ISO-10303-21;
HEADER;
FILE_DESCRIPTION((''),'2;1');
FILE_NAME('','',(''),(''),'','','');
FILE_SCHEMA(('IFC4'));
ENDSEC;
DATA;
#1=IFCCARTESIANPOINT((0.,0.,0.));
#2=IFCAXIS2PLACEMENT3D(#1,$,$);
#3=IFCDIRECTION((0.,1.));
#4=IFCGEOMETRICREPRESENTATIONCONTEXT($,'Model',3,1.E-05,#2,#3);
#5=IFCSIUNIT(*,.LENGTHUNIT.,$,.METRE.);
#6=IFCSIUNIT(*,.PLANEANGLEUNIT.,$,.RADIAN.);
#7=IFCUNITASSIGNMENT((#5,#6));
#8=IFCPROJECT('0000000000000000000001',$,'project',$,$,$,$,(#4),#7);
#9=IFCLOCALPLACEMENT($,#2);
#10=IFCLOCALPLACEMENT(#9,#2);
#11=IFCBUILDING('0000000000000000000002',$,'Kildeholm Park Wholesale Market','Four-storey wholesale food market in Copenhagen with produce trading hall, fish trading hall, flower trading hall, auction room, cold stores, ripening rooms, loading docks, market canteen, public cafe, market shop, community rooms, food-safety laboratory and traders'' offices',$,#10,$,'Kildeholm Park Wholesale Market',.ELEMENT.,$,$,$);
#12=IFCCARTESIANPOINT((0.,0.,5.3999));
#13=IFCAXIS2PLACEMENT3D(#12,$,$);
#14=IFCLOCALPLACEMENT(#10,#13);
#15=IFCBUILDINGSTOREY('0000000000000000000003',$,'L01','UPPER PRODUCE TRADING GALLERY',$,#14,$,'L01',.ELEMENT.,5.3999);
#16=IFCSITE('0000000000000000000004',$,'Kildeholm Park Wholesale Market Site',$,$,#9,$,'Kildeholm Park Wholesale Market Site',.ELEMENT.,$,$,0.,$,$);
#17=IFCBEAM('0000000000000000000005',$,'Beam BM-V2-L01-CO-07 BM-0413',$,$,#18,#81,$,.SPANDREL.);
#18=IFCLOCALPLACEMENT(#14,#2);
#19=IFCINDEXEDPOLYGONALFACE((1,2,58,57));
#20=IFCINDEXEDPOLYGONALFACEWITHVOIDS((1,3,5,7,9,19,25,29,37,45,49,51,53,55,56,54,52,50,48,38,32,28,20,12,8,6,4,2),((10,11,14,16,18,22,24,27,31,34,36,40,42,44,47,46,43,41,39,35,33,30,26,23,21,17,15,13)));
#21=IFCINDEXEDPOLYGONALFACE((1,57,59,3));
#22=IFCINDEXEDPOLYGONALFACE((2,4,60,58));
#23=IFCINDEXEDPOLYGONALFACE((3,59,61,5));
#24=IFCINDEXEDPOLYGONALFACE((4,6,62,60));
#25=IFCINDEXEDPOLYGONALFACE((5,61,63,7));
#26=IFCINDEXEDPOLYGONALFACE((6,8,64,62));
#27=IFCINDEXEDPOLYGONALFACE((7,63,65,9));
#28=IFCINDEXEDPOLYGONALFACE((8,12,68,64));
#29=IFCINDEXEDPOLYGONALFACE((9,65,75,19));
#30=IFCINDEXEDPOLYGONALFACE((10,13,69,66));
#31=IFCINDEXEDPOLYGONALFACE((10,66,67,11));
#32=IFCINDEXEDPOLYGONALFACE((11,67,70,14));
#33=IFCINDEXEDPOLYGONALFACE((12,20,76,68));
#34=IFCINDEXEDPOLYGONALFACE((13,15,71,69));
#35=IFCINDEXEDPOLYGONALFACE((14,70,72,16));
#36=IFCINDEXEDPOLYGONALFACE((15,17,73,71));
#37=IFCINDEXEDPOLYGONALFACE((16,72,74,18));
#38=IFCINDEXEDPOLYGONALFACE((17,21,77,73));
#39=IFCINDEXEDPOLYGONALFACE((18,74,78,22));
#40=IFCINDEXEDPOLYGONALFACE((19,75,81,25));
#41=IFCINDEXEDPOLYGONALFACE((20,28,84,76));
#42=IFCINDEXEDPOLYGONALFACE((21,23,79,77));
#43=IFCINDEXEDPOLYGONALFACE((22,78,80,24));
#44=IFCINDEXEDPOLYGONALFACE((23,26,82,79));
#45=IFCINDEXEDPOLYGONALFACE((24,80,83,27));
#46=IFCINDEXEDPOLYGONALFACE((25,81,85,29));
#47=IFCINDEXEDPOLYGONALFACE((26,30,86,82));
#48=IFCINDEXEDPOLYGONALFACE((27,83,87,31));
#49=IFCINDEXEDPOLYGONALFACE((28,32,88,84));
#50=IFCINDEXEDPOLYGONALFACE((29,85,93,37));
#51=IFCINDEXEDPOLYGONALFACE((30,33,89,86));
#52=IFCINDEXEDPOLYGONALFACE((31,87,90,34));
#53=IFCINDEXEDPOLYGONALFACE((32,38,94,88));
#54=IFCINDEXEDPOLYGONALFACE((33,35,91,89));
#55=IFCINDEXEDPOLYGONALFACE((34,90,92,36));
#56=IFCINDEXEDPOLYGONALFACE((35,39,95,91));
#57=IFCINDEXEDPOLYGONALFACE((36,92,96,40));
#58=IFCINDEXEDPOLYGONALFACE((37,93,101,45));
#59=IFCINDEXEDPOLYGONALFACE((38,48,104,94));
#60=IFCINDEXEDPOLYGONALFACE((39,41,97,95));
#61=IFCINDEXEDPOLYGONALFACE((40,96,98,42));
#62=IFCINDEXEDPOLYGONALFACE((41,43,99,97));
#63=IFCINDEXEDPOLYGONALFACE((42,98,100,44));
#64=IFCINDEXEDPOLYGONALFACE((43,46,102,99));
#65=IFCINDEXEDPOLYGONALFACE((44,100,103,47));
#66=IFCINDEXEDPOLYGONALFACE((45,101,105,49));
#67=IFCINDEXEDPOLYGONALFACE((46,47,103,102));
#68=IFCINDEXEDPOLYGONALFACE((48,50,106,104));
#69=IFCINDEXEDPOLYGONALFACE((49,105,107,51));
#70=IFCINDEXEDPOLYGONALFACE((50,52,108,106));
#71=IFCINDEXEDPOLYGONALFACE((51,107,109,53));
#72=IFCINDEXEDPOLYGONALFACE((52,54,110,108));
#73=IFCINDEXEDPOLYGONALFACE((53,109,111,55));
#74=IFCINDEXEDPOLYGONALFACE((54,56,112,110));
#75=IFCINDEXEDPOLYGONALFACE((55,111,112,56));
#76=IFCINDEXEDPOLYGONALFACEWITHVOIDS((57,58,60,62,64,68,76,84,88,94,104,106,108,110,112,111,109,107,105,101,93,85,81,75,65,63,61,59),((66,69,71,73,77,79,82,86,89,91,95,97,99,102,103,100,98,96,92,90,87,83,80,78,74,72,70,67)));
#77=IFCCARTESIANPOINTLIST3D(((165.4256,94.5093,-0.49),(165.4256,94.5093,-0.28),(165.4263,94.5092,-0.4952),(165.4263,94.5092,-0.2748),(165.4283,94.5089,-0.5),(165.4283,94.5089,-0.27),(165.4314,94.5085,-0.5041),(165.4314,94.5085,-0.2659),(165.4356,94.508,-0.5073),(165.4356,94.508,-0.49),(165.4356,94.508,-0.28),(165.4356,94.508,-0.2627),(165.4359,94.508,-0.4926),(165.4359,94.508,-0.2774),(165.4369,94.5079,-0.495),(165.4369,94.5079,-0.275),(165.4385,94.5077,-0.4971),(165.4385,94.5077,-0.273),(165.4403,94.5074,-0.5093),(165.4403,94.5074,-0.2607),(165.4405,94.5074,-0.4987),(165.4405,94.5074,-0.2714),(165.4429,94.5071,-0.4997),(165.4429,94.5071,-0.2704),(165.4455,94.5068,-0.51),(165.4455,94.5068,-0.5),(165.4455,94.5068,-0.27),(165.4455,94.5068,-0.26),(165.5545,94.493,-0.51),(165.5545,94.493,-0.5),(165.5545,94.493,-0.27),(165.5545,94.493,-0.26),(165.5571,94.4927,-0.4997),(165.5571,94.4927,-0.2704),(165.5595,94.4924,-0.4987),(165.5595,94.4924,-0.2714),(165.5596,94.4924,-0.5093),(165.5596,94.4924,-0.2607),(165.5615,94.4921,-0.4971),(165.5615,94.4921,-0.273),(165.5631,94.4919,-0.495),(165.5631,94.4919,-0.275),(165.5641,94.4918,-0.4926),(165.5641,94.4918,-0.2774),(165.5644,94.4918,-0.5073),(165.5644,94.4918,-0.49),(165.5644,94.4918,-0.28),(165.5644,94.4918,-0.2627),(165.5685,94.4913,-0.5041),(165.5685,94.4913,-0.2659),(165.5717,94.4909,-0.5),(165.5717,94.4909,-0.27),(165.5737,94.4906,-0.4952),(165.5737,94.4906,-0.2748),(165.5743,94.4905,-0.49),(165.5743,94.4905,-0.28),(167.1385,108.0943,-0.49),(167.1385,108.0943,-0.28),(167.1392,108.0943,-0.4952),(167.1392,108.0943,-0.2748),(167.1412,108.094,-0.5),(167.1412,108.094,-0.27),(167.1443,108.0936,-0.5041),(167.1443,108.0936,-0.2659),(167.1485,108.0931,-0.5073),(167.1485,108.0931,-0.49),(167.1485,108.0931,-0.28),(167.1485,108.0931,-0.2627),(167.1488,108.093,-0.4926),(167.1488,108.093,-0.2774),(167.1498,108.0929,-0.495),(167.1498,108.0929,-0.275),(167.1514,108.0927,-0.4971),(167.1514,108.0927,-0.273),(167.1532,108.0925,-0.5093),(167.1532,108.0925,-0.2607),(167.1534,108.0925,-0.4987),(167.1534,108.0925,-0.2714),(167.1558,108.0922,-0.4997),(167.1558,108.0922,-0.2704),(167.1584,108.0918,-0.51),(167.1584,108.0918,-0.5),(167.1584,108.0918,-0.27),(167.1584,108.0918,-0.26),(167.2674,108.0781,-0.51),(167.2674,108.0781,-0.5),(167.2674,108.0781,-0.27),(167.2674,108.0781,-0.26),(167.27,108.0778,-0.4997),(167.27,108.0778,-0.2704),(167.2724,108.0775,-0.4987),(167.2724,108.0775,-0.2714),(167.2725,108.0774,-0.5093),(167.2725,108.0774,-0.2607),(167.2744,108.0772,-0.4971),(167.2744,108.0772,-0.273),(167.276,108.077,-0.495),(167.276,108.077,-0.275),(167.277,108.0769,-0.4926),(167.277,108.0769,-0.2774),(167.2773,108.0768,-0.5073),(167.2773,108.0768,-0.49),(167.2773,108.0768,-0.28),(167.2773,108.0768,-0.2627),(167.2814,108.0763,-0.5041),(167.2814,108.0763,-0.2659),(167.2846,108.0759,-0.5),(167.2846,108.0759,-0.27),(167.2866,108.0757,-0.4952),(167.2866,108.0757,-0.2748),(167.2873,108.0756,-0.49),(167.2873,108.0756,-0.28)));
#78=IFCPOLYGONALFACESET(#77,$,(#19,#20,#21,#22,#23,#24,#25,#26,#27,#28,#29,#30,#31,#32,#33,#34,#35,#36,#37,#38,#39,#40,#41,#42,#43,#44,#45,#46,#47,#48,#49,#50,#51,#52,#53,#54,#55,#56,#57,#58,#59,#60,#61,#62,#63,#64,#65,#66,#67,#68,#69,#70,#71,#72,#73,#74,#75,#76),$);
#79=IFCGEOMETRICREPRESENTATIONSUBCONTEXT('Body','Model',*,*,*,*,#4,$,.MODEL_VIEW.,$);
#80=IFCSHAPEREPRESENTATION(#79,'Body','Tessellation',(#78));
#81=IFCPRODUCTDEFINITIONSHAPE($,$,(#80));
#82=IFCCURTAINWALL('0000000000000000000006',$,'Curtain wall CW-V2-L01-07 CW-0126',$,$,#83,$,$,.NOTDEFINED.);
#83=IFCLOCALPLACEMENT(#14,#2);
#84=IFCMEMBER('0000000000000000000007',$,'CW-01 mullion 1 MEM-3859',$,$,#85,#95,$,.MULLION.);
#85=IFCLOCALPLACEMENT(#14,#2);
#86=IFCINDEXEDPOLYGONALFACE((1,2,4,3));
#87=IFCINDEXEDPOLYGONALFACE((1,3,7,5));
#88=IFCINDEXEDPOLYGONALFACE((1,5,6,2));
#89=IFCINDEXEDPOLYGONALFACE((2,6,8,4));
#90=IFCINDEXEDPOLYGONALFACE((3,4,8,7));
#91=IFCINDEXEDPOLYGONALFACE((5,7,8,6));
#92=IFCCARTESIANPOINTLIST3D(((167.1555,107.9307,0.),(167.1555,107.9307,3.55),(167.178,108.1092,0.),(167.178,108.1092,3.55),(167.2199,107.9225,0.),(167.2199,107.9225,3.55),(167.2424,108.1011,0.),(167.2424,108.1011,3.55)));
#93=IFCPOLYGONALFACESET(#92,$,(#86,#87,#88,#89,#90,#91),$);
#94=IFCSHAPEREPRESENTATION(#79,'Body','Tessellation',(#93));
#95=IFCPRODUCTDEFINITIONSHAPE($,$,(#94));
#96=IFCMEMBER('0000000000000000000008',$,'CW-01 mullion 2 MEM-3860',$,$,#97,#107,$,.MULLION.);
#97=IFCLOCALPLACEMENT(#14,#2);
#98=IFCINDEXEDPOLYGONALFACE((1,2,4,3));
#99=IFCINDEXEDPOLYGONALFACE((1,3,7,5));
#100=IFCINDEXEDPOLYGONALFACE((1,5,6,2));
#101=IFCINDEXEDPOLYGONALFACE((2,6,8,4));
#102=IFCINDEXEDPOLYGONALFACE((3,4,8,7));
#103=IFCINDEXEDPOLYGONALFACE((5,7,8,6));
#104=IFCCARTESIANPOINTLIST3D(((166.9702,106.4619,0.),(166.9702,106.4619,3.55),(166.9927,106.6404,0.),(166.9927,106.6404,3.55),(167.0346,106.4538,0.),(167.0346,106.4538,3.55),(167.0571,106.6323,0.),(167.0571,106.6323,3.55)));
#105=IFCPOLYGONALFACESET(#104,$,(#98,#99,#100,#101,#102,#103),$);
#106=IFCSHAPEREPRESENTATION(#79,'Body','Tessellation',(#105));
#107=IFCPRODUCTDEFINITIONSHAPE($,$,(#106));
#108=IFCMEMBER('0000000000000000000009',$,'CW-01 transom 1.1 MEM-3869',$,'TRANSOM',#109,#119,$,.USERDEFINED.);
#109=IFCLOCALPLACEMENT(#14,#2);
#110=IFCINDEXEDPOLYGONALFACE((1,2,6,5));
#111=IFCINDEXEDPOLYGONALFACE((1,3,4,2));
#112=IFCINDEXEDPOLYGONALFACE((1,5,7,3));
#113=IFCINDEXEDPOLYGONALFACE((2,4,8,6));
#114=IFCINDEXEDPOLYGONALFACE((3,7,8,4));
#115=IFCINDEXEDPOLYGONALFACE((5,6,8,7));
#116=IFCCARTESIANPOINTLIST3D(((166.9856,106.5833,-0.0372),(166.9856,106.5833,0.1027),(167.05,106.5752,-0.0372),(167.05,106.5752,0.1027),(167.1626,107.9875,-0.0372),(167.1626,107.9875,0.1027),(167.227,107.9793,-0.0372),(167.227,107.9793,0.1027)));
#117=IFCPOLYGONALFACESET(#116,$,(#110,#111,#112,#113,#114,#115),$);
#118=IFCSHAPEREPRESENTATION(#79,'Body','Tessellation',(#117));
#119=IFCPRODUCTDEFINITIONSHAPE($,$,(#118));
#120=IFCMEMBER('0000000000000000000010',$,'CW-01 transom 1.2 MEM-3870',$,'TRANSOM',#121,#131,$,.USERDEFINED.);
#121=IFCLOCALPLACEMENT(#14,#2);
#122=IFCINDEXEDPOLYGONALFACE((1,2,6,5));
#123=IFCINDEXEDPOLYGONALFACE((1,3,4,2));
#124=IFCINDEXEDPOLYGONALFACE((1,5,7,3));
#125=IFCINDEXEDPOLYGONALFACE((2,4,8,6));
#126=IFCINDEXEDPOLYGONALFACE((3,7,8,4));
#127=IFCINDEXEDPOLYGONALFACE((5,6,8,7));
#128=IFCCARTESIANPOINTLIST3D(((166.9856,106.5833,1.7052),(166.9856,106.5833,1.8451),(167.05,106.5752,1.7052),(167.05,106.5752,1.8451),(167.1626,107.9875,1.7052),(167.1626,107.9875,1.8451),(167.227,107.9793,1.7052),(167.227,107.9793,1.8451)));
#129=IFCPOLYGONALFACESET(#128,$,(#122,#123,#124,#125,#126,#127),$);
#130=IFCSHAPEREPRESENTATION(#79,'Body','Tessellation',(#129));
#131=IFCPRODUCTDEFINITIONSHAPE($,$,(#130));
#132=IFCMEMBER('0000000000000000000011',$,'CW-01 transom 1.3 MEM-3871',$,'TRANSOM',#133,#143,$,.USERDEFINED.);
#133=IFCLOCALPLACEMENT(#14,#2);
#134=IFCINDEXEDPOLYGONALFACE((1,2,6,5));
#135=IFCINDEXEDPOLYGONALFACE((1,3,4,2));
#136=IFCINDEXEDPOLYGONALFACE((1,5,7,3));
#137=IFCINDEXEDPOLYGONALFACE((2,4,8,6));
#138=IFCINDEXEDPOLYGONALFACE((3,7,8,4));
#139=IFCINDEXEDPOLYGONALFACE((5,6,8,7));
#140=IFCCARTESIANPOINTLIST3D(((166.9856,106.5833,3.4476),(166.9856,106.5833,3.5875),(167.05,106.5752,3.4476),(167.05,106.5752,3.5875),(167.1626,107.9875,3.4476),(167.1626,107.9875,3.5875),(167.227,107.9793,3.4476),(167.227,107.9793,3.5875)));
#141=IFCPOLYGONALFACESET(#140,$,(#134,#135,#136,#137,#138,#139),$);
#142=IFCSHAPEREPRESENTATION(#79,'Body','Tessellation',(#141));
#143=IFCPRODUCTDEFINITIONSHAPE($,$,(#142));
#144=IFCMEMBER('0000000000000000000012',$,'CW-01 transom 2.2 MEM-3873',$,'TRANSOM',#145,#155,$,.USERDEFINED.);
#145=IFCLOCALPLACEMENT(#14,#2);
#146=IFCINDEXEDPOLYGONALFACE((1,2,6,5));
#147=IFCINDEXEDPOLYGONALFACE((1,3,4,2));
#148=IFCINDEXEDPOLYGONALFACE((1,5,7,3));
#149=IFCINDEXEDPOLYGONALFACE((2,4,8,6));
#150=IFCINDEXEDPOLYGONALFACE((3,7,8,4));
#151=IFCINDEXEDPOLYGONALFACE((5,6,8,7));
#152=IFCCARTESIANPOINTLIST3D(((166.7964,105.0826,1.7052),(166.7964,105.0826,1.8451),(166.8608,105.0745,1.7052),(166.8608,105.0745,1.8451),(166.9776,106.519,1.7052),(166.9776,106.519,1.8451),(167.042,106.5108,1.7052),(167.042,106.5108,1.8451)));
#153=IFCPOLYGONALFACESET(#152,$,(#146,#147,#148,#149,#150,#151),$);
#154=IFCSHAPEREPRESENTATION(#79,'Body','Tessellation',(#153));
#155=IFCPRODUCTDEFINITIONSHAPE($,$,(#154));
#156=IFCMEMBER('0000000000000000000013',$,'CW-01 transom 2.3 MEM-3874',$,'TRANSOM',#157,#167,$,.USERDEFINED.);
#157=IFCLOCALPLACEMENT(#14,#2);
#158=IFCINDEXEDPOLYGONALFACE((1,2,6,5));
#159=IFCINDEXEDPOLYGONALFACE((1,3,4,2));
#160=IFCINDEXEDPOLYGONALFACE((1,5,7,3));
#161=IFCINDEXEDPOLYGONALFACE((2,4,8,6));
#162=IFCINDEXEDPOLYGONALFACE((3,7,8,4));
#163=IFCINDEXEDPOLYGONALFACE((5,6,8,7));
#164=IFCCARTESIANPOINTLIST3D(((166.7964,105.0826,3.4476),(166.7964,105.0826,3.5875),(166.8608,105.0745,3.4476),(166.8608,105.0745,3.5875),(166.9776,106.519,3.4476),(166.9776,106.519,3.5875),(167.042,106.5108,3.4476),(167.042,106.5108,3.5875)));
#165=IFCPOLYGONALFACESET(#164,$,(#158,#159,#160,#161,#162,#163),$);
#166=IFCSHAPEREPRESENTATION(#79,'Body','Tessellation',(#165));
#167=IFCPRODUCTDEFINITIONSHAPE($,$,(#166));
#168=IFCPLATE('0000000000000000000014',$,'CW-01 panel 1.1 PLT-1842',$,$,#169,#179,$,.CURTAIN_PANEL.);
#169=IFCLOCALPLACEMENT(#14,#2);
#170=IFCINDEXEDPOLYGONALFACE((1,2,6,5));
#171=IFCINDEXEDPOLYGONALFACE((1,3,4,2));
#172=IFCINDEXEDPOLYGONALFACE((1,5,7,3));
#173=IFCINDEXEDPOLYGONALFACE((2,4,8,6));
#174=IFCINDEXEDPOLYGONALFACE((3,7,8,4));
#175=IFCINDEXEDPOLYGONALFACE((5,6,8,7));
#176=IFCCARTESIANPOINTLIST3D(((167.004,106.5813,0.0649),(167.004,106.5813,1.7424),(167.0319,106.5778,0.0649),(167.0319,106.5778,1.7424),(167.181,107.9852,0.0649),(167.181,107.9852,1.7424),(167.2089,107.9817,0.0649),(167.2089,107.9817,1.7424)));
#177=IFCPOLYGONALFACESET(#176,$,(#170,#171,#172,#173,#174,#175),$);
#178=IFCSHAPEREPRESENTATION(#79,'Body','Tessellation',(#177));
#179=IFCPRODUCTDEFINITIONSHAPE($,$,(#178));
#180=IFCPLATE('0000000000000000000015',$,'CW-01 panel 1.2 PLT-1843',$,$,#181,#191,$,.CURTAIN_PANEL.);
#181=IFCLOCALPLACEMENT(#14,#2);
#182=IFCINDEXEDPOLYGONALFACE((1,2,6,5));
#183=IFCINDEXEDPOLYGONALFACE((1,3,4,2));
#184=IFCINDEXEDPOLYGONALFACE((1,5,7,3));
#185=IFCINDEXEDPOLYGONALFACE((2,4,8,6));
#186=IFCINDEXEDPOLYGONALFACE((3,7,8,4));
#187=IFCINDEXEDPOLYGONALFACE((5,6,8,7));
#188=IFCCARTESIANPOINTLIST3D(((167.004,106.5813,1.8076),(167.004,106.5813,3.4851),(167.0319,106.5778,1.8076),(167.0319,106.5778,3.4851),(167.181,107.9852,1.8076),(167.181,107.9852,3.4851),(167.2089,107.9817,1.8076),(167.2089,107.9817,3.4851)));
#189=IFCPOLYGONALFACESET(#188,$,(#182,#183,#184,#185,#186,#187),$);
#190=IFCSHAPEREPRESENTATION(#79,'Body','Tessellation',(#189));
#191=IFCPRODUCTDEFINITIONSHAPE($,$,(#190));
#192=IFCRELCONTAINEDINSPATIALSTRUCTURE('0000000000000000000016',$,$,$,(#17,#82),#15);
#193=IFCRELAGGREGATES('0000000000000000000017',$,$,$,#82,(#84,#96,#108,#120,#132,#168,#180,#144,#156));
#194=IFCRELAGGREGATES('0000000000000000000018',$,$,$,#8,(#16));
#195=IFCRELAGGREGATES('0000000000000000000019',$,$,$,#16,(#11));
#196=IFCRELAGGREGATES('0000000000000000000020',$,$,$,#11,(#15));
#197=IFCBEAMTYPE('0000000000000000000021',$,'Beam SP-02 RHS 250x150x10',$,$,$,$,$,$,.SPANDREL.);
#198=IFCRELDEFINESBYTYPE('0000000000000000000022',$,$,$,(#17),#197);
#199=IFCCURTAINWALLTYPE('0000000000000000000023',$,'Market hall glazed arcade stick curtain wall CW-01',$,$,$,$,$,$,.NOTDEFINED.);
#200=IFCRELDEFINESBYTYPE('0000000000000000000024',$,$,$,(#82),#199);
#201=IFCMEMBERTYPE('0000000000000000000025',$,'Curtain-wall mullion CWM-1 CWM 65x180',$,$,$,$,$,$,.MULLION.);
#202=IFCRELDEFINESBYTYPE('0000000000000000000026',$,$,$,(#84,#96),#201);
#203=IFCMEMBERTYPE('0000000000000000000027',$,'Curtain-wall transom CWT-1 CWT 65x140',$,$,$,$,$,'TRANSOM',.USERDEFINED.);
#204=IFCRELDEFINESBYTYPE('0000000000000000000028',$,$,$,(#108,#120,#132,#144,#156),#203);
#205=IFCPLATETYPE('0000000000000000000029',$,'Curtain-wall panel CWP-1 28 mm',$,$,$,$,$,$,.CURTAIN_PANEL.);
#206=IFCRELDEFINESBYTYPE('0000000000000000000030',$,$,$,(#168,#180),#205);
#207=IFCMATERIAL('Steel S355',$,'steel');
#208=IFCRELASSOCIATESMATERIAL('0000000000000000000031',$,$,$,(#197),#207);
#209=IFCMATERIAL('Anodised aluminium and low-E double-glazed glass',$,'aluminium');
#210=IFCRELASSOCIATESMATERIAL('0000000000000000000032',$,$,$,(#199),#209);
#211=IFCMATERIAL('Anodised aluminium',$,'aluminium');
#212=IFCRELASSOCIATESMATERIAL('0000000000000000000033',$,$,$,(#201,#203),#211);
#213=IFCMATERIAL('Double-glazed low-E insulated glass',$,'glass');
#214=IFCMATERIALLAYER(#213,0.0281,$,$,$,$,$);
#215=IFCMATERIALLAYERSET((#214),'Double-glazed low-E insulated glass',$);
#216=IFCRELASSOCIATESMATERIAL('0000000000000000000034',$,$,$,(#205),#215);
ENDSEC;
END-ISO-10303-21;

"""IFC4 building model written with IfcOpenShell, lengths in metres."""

from ifc_helpers import new_model, si_unit, direction, frame, origin, origin_2d, place, context, subcontext, project, spatial, rectangle, hollow_rectangle, extrude, material, layer, layer_set, material_profile, profile_set, type_object, element, aggregate, save


model = new_model("IFC4")

# Units and contexts
model_context = context("Model", 3, precision=1e-05, world=origin(), true_north=direction((0.0, 1.0)))
body_context = subcontext(model_context, "Body", "Model", "MODEL_VIEW")
ifc_project = project(units=[si_unit("LENGTHUNIT", "METRE"), si_unit("PLANEANGLEUNIT", "RADIAN")], contexts=[model_context])

# Site, building, storey
site_placement = place(None, origin())
site = spatial("IfcSite", under=ifc_project, at=site_placement, Name="Kildeholm Park Wholesale Market Site", LongName="Kildeholm Park Wholesale Market Site", CompositionType="ELEMENT", RefElevation=0.0)
building_placement = place(site_placement, origin())
building = spatial("IfcBuilding", under=site, at=building_placement, Name="Kildeholm Park Wholesale Market", Description="Four-storey wholesale food market in Copenhagen with produce trading hall, fish trading hall, flower trading hall, auction room, cold stores, ripening rooms, loading docks, market canteen, public cafe, market shop, community rooms, food-safety laboratory and traders' offices", LongName="Kildeholm Park Wholesale Market", CompositionType="ELEMENT")
storey_placement = place(building_placement, frame((0.0, 0.0, 5.3999)))
storey = spatial("IfcBuildingStorey", under=building, at=storey_placement, Name="L01", Description="UPPER PRODUCE TRADING GALLERY", LongName="L01", CompositionType="ELEMENT", Elevation=5.3999)

# Shared definitions
ifc_material_1 = material(Name="Steel S355", Category="steel")

# Beam
ifc_material_profile_1 = material_profile(ifc_material_1, hollow_rectangle(XDim=0.1499, YDim=0.25, WallThickness=0.01, InnerFilletRadius=0.01, OuterFilletRadius=0.02, at=origin_2d()), Name="RHS 250x150x10")
ifc_profile_set_1 = profile_set([ifc_material_profile_1], Name="Steel S355")
beam_type_1 = type_object("IfcBeamType", Name="Beam SP-02 RHS 250x150x10", PredefinedType="SPANDREL", material=ifc_profile_set_1)
beam_1_placement = place(storey_placement, frame((167.2129, 108.085, -0.385), z_axis=(-0.125097, -0.992145, 0.0), x_axis=(0.992145, -0.125097, 0.0)))
element("IfcBeam", 1, at=beam_1_placement, inside=storey, type_object=beam_type_1, Name="Beam BM-V2-L01-CO-07 BM-0413", PredefinedType="SPANDREL", context=body_context, shape_type="SweptSolid", body=[
    extrude(hollow_rectangle(XDim=0.1499, YDim=0.25, WallThickness=0.01, InnerFilletRadius=0.01, OuterFilletRadius=0.02, at=origin_2d()), origin(), (0.0, 0.0, 1.0), 13.6926),
])

# Curtain wall, members, plates
ifc_material_2 = material(Name="Anodised aluminium and low-E double-glazed glass", Category="aluminium")
curtain_wall_type = type_object("IfcCurtainWallType", Name="Market hall glazed arcade stick curtain wall CW-01", PredefinedType="NOTDEFINED", material=ifc_material_2)
curtain_wall_placement = place(storey_placement, origin())
curtain_wall = element("IfcCurtainWall", 2, at=curtain_wall_placement, inside=storey, type_object=curtain_wall_type, Name="Curtain wall CW-V2-L01-07 CW-0126", PredefinedType="NOTDEFINED")
ifc_material_3 = material(Name="Anodised aluminium", Category="aluminium")
ifc_material_profile_2 = material_profile(ifc_material_3, rectangle(XDim=0.0649, YDim=0.1799, at=origin_2d()), Name="CWM 65x180")
ifc_profile_set_2 = profile_set([ifc_material_profile_2], Name="Anodised aluminium")
member_type_1 = type_object("IfcMemberType", Name="Curtain-wall mullion CWM-1 CWM 65x180", PredefinedType="MULLION", material=ifc_profile_set_2)
member_1_placement = place(storey_placement, frame((167.199, 108.0159, 0.0), z_axis=(0.0, 0.0, 1.0), x_axis=(0.992145, -0.125092, 0.0)))
member_1 = element("IfcMember", 3, at=member_1_placement, type_object=member_type_1, Name="CW-01 mullion 1 MEM-3859", PredefinedType="MULLION", context=body_context, shape_type="SweptSolid", body=[
    extrude(rectangle(XDim=0.0649, YDim=0.1799, at=origin_2d()), origin(), (0.0, 0.0, 1.0), 3.55),
])
member_2_placement = place(storey_placement, frame((167.0137, 106.5471, 0.0), z_axis=(0.0, 0.0, 1.0), x_axis=(0.992145, -0.125092, 0.0)))
member_2 = element("IfcMember", 4, at=member_2_placement, type_object=member_type_1, Name="CW-01 mullion 2 MEM-3860", PredefinedType="MULLION", context=body_context, shape_type="SweptSolid", body=[
    extrude(rectangle(XDim=0.0649, YDim=0.1799, at=origin_2d()), origin(), (0.0, 0.0, 1.0), 3.55),
])
ifc_material_profile_3 = material_profile(ifc_material_3, rectangle(XDim=0.0649, YDim=0.1399, at=origin_2d()), Name="CWT 65x140")
ifc_profile_set_3 = profile_set([ifc_material_profile_3], Name="Anodised aluminium")
member_type_2 = type_object("IfcMemberType", Name="Curtain-wall transom CWT-1 CWT 65x140", ElementType="TRANSOM", PredefinedType="USERDEFINED", material=ifc_profile_set_3)
member_3_placement = place(storey_placement, frame((167.1948, 107.9834, 0.0327), z_axis=(-0.125075, -0.992147, 0.0), x_axis=(0.992147, -0.125075, 0.0)))
member_3 = element("IfcMember", 5, at=member_3_placement, type_object=member_type_2, Name="CW-01 transom 1.1 MEM-3869", ObjectType="TRANSOM", PredefinedType="USERDEFINED", context=body_context, shape_type="SweptSolid", body=[
    extrude(rectangle(XDim=0.0649, YDim=0.1399, at=origin_2d()), origin(), (0.0, 0.0, 1.0), 1.4153),
])
member_4_placement = place(storey_placement, frame((167.1948, 107.9834, 1.7751), z_axis=(-0.125075, -0.992147, 0.0), x_axis=(0.992147, -0.125075, 0.0)))
member_4 = element("IfcMember", 6, at=member_4_placement, type_object=member_type_2, Name="CW-01 transom 1.2 MEM-3870", ObjectType="TRANSOM", PredefinedType="USERDEFINED", context=body_context, shape_type="SweptSolid", body=[
    extrude(rectangle(XDim=0.0649, YDim=0.1399, at=origin_2d()), origin(), (0.0, 0.0, 1.0), 1.4153),
])
member_5_placement = place(storey_placement, frame((167.1948, 107.9834, 3.5176), z_axis=(-0.125075, -0.992147, 0.0), x_axis=(0.992147, -0.125075, 0.0)))
member_5 = element("IfcMember", 7, at=member_5_placement, type_object=member_type_2, Name="CW-01 transom 1.3 MEM-3871", ObjectType="TRANSOM", PredefinedType="USERDEFINED", context=body_context, shape_type="SweptSolid", body=[
    extrude(rectangle(XDim=0.0649, YDim=0.1399, at=origin_2d()), origin(), (0.0, 0.0, 1.0), 1.4153),
])
member_6_placement = place(storey_placement, frame((167.0098, 106.5149, 1.7751), z_axis=(-0.125135, -0.99214, 0.0), x_axis=(0.99214, -0.125135, 0.0)))
member_6 = element("IfcMember", 8, at=member_6_placement, type_object=member_type_2, Name="CW-01 transom 2.2 MEM-3873", ObjectType="TRANSOM", PredefinedType="USERDEFINED", context=body_context, shape_type="SweptSolid", body=[
    extrude(rectangle(XDim=0.0649, YDim=0.1399, at=origin_2d()), origin(), (0.0, 0.0, 1.0), 1.4478),
])
member_7_placement = place(storey_placement, frame((167.0098, 106.5149, 3.5176), z_axis=(-0.125135, -0.99214, 0.0), x_axis=(0.99214, -0.125135, 0.0)))
member_7 = element("IfcMember", 9, at=member_7_placement, type_object=member_type_2, Name="CW-01 transom 2.3 MEM-3874", ObjectType="TRANSOM", PredefinedType="USERDEFINED", context=body_context, shape_type="SweptSolid", body=[
    extrude(rectangle(XDim=0.0649, YDim=0.1399, at=origin_2d()), origin(), (0.0, 0.0, 1.0), 1.4478),
])
ifc_material_4 = material(Name="Double-glazed low-E insulated glass", Category="glass")
ifc_layer_1 = layer(ifc_material_4, 0.0281)
ifc_layer_set_1 = layer_set([ifc_layer_1], Name="Double-glazed low-E insulated glass")
plate_type = type_object("IfcPlateType", Name="Curtain-wall panel CWP-1 28 mm", PredefinedType="CURTAIN_PANEL", material=ifc_layer_set_1)
plate_1_placement = place(storey_placement, frame((167.1064, 107.2815, 0.0649), z_axis=(0.0, 0.0, 1.0), x_axis=(-0.125092, -0.992145, 0.0)))
plate_1 = element("IfcPlate", 10, at=plate_1_placement, type_object=plate_type, Name="CW-01 panel 1.1 PLT-1842", PredefinedType="CURTAIN_PANEL", context=body_context, shape_type="SweptSolid", body=[
    extrude(rectangle(XDim=1.415, YDim=0.0281, at=origin_2d()), origin(), (0.0, 0.0, 1.0), 1.6775),
])
plate_2_placement = place(storey_placement, frame((167.1064, 107.2815, 1.8076), z_axis=(0.0, 0.0, 1.0), x_axis=(-0.125092, -0.992145, 0.0)))
plate_2 = element("IfcPlate", 11, at=plate_2_placement, type_object=plate_type, Name="CW-01 panel 1.2 PLT-1843", PredefinedType="CURTAIN_PANEL", context=body_context, shape_type="SweptSolid", body=[
    extrude(rectangle(XDim=1.415, YDim=0.0281, at=origin_2d()), origin(), (0.0, 0.0, 1.0), 1.6775),
])
aggregate(curtain_wall, [member_1, member_2, member_3, member_4, member_5, plate_1, plate_2, member_6, member_7])

save(model, "model.ifc")
